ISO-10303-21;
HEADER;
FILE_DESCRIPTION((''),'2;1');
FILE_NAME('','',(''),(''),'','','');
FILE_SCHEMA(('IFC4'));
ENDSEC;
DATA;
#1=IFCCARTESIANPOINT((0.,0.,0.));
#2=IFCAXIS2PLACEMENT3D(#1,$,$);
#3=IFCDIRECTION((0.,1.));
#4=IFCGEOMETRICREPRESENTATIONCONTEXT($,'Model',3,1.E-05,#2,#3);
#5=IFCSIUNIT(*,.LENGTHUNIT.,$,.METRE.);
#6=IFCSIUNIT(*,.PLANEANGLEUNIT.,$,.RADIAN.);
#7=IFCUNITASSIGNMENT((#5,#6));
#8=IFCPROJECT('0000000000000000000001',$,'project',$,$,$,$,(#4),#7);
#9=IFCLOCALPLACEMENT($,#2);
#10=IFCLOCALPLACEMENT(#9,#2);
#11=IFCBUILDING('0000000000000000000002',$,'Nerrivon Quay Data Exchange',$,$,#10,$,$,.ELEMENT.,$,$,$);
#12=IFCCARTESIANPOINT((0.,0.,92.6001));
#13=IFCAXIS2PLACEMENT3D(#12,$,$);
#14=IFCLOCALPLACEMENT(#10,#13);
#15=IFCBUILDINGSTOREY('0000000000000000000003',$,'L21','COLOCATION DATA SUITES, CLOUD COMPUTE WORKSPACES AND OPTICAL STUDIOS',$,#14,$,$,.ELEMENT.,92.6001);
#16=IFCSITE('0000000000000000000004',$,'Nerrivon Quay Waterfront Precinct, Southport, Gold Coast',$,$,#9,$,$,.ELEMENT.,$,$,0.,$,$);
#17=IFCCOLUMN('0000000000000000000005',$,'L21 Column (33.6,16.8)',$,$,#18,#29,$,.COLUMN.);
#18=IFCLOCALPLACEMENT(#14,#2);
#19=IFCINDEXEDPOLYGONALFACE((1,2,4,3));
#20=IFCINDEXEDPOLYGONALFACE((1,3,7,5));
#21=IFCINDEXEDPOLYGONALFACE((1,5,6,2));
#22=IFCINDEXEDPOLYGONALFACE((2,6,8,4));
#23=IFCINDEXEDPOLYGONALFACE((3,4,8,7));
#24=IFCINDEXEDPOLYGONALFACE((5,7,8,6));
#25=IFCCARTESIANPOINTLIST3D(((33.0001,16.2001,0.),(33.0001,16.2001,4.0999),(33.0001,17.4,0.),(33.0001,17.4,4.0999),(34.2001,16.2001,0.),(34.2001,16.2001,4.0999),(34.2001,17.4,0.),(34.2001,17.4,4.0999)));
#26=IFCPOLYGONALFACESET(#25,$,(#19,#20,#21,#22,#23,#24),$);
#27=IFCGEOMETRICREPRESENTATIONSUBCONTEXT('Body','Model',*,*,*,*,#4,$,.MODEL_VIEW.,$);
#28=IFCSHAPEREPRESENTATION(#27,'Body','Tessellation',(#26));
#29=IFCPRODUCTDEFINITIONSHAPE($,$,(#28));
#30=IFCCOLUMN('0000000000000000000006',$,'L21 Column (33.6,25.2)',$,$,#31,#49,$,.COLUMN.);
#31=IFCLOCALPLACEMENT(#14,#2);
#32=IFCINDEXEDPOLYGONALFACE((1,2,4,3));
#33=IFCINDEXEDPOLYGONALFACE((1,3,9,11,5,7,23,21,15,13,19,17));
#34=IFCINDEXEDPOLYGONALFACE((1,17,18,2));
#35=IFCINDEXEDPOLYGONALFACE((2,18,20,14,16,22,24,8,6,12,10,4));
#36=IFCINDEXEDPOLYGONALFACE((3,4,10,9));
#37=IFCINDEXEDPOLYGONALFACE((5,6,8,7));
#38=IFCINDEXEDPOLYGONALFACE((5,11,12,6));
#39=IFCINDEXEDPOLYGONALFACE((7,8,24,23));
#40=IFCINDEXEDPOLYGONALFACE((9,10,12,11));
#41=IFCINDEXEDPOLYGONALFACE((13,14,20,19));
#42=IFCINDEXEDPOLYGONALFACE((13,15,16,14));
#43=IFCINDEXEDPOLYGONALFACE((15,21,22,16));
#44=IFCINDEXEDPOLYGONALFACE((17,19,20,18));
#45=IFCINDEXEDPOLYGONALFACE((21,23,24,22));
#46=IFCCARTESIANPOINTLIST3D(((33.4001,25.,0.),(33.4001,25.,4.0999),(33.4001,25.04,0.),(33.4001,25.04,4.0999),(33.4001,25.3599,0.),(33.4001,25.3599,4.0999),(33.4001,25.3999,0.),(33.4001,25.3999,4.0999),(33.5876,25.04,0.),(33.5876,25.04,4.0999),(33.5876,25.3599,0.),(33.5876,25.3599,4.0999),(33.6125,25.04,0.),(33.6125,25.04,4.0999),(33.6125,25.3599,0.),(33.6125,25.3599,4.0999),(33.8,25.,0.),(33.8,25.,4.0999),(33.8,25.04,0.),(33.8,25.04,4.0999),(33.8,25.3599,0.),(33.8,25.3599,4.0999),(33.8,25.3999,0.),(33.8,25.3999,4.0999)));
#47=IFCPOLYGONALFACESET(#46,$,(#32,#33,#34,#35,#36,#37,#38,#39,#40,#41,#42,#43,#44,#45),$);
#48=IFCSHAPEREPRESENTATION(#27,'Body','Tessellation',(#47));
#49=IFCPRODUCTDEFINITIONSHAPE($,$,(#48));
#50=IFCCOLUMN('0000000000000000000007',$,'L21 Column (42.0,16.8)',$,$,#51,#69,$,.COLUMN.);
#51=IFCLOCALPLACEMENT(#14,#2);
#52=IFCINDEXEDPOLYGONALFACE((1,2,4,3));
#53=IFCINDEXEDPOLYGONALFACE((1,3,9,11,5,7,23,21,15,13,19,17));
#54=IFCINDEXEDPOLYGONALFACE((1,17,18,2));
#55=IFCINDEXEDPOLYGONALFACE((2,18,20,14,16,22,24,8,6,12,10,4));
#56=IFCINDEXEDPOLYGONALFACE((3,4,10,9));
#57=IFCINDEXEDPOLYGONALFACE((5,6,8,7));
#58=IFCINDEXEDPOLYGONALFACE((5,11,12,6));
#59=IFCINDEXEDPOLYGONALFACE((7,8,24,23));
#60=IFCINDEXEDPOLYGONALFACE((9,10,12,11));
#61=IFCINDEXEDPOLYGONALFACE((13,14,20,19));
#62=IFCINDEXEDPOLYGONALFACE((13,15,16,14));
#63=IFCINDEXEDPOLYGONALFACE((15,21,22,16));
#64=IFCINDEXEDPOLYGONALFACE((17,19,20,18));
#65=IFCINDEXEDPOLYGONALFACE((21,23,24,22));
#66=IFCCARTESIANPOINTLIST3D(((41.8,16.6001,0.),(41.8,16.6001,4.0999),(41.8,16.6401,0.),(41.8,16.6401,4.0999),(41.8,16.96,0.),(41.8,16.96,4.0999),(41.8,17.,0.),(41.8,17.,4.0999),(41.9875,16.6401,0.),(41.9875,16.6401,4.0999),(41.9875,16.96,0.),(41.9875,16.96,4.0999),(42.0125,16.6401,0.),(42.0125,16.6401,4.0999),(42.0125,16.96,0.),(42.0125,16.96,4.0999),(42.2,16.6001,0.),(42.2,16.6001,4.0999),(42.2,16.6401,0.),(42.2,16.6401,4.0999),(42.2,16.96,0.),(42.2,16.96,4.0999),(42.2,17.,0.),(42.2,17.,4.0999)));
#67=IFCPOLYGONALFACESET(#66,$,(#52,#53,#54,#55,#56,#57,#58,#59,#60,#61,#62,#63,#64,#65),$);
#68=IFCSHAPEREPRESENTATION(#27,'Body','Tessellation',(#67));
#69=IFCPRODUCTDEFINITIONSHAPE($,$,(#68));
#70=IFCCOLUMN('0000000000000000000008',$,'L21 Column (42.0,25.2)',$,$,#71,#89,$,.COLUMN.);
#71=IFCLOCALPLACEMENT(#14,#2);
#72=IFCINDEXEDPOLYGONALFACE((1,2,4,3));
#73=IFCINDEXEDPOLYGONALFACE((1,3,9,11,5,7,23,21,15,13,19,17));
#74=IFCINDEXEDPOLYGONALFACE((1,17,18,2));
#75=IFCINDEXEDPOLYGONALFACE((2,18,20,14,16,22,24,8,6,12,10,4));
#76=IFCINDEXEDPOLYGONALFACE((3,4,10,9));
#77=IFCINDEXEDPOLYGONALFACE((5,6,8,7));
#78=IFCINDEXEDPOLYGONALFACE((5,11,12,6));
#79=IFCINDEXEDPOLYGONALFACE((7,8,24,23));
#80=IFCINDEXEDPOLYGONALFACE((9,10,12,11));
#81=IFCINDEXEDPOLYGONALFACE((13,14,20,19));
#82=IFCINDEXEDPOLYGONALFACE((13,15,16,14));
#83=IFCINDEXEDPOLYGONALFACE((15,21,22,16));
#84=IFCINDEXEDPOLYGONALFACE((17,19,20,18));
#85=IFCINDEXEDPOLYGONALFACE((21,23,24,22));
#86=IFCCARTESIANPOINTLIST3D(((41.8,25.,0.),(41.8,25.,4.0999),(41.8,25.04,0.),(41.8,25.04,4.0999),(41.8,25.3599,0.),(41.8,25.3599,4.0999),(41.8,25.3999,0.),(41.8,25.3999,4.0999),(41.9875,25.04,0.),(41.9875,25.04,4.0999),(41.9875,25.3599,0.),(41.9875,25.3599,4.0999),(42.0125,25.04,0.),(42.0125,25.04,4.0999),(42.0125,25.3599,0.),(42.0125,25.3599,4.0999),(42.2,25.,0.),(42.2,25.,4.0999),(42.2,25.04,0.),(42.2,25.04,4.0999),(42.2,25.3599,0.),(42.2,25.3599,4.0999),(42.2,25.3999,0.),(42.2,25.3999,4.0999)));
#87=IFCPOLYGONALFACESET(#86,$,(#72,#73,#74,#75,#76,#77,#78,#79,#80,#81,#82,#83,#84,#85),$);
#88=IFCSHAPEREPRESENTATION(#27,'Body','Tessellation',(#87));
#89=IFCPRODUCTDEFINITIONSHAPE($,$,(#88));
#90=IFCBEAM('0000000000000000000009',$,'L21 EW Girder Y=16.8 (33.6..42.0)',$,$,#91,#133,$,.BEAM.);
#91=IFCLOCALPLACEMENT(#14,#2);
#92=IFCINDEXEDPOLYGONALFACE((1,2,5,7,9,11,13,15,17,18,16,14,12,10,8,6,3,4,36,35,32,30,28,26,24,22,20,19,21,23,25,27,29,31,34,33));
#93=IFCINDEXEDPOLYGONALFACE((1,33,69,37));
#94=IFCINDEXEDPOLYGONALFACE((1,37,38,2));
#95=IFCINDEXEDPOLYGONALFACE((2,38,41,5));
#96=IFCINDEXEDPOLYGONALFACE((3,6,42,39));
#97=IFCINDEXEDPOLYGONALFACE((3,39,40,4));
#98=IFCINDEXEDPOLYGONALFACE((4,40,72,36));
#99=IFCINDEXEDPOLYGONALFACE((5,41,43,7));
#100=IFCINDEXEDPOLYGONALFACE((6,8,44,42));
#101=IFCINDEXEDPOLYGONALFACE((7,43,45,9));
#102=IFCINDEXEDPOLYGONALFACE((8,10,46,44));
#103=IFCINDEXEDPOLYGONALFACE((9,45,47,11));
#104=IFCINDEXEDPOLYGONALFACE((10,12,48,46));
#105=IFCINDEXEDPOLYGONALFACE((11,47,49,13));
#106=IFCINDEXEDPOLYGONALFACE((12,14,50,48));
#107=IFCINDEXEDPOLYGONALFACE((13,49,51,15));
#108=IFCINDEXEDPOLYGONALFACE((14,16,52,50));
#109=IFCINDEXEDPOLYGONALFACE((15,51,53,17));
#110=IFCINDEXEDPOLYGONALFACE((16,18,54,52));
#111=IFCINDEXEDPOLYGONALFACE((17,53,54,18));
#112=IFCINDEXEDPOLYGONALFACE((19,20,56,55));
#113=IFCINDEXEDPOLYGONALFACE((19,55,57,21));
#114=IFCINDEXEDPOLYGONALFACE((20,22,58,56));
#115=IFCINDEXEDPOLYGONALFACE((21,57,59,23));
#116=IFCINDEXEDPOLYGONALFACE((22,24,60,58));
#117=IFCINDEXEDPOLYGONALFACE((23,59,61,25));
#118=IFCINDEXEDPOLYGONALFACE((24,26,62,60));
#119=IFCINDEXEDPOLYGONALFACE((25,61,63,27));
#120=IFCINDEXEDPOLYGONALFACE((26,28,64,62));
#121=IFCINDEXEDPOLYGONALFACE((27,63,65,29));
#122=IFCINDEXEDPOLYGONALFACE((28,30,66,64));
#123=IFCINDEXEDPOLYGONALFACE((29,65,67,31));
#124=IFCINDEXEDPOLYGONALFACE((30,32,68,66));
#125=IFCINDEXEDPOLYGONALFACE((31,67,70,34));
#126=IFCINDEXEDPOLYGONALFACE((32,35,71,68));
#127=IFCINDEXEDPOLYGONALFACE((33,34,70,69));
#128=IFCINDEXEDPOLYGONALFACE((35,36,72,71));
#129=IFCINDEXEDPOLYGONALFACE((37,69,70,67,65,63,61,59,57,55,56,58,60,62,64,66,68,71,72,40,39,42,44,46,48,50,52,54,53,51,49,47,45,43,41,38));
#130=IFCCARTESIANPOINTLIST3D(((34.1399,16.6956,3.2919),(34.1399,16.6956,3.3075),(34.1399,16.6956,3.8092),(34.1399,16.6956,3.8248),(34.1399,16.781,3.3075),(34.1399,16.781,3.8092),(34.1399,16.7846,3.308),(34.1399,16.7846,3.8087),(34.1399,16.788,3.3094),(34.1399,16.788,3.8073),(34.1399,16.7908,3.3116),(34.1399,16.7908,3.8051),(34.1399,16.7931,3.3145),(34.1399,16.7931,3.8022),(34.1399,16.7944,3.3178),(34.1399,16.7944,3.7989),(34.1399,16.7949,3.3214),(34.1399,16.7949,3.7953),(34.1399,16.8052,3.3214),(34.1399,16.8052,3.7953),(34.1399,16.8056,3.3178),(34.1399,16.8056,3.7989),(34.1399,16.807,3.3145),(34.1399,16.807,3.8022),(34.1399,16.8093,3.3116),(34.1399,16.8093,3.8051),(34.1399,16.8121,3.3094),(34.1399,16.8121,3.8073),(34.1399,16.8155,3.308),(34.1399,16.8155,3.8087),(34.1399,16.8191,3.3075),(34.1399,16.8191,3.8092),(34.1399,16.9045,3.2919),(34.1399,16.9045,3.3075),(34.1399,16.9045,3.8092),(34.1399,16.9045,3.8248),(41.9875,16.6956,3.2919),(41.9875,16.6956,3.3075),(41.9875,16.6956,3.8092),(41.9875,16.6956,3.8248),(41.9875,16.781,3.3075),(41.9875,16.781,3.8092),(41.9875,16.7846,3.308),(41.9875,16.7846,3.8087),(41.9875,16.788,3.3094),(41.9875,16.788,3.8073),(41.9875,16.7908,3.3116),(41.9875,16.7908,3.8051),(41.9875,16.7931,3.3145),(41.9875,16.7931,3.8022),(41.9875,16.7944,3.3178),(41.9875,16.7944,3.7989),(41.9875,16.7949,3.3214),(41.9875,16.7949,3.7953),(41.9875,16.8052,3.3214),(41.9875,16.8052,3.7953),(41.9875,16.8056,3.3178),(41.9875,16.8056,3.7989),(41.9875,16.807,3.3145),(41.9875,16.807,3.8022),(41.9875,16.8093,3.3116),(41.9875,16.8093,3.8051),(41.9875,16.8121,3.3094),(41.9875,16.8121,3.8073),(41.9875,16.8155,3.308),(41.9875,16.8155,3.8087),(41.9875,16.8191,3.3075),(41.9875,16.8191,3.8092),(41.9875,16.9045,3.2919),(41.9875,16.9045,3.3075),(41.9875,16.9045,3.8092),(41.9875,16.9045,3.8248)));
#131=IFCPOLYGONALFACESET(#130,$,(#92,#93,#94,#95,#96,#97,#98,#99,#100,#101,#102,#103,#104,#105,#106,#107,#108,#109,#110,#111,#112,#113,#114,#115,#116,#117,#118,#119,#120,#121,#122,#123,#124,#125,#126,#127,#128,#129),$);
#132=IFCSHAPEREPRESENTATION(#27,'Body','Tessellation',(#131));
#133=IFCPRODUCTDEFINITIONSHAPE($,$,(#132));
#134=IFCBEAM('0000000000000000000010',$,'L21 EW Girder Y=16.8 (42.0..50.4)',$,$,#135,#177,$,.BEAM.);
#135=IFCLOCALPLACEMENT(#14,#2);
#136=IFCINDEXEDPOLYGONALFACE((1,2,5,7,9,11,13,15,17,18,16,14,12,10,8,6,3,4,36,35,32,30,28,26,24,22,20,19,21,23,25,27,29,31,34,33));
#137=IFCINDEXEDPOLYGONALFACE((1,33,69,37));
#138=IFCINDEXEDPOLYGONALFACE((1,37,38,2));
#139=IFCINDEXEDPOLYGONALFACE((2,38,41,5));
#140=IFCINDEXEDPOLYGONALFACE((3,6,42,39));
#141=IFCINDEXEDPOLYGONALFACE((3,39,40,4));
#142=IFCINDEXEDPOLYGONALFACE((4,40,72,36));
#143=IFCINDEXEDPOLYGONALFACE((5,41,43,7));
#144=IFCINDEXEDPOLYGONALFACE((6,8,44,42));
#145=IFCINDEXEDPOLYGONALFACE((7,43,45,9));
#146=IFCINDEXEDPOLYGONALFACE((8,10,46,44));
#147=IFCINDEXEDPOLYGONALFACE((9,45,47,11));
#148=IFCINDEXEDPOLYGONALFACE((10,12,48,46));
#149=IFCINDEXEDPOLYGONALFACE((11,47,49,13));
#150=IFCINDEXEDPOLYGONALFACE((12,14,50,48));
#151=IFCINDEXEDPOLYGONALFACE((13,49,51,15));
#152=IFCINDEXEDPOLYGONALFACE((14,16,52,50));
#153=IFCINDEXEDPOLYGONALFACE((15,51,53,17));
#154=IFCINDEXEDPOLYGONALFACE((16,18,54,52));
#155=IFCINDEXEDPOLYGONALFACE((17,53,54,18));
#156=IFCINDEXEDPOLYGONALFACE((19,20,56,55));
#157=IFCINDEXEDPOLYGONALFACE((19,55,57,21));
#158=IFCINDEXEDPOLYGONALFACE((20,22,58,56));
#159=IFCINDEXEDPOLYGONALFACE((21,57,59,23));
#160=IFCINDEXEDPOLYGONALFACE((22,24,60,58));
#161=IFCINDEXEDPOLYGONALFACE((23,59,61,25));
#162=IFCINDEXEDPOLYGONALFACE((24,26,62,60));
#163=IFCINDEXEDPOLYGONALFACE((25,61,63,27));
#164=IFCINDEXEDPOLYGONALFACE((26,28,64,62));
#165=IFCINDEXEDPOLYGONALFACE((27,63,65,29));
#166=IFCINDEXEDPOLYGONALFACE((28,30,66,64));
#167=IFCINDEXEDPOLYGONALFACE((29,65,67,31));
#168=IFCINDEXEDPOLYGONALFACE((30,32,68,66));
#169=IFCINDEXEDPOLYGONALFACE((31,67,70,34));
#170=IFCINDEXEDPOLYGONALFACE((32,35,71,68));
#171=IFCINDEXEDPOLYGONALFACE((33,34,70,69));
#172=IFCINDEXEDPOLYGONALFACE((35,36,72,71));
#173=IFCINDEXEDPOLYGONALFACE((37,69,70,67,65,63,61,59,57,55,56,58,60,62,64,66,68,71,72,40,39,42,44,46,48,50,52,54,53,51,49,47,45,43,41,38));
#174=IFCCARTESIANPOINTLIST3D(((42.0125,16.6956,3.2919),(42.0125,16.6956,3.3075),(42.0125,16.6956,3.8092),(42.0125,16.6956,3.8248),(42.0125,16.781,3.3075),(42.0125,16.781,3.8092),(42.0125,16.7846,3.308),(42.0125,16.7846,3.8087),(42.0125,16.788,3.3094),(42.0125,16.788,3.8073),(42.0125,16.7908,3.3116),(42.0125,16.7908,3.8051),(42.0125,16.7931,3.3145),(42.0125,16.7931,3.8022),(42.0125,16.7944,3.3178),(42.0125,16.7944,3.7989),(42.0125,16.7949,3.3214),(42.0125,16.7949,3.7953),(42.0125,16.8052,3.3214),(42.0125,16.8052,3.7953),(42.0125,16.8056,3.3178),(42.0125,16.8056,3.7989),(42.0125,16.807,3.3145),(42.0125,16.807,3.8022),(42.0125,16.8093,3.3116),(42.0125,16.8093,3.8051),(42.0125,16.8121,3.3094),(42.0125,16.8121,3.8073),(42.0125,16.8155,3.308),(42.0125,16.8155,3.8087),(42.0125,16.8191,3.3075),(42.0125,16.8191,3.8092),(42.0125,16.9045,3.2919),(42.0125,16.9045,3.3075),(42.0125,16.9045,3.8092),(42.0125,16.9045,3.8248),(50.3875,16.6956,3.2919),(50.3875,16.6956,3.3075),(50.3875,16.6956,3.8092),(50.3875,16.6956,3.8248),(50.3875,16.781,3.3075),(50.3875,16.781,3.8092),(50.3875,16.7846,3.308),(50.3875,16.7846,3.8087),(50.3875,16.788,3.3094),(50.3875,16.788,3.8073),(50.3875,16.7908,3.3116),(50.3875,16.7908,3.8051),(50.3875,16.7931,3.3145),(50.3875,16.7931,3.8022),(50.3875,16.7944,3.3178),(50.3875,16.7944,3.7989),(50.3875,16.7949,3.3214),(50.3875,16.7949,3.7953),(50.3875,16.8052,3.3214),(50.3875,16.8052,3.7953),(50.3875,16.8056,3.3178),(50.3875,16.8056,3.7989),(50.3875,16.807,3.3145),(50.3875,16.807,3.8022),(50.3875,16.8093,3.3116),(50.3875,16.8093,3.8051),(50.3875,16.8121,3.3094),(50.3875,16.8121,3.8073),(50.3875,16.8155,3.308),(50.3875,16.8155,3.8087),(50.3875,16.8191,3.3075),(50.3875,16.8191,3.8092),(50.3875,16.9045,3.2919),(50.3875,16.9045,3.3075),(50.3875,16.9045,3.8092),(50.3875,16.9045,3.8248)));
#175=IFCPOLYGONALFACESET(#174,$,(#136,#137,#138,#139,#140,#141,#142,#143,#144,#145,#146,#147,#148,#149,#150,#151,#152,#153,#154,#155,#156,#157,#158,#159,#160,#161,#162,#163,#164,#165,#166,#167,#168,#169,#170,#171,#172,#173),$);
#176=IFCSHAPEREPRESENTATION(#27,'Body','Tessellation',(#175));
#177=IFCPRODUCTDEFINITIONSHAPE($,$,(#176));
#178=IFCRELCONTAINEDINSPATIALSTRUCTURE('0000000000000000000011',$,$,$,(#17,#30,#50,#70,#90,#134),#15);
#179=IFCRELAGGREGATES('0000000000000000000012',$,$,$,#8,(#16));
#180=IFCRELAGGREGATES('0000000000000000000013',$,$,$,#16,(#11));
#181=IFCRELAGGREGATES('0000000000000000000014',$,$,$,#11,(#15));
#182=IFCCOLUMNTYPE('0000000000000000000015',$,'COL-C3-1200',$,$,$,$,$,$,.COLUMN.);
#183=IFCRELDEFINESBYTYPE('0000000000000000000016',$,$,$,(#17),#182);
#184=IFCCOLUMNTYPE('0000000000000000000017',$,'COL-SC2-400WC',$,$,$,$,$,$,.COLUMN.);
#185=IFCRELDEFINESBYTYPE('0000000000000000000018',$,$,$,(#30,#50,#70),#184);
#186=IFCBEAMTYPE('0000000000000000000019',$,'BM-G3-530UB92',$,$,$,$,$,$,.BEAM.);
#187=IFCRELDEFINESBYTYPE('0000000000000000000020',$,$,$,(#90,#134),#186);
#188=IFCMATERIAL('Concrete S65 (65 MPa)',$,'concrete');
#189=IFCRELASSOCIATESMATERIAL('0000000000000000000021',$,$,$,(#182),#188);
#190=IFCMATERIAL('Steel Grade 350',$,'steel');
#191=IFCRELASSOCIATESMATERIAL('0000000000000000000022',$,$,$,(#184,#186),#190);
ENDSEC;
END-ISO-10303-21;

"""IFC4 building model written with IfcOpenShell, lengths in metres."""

from ifc_helpers import new_model, si_unit, direction, frame, origin, origin_2d, place, context, subcontext, project, spatial, rectangle, i_section, extrude, material, material_profile, profile_set, type_object, element, save


model = new_model("IFC4")

# Units and contexts
model_context = context("Model", 3, precision=1e-05, world=origin(), true_north=direction((0.0, 1.0)))
body_context = subcontext(model_context, "Body", "Model", "MODEL_VIEW")
ifc_project = project(units=[si_unit("LENGTHUNIT", "METRE"), si_unit("PLANEANGLEUNIT", "RADIAN")], contexts=[model_context])

# Site, building, storey
site_placement = place(None, origin())
site = spatial("IfcSite", under=ifc_project, at=site_placement, Name="Nerrivon Quay Waterfront Precinct, Southport, Gold Coast", CompositionType="ELEMENT", RefElevation=0.0)
building_placement = place(site_placement, origin())
building = spatial("IfcBuilding", under=site, at=building_placement, Name="Nerrivon Quay Data Exchange", CompositionType="ELEMENT")
storey_placement = place(building_placement, frame((0.0, 0.0, 92.6001)))
storey = spatial("IfcBuildingStorey", under=building, at=storey_placement, Name="L21", Description="COLOCATION DATA SUITES, CLOUD COMPUTE WORKSPACES AND OPTICAL STUDIOS", CompositionType="ELEMENT", Elevation=92.6001)

# Columns
ifc_material_1 = material(Name="Concrete S65 (65 MPa)", Category="concrete")
ifc_material_profile_1 = material_profile(ifc_material_1, rectangle(XDim=1.2, YDim=1.2, at=origin_2d()), Name="RC-COL-1200x1200")
ifc_profile_set_1 = profile_set([ifc_material_profile_1], Name="Concrete S65 (65 MPa)")
column_type_1 = type_object("IfcColumnType", Name="COL-C3-1200", PredefinedType="COLUMN", material=ifc_profile_set_1)
column_placement = place(storey_placement, frame((33.6001, 16.8, 0.0), z_axis=(0.0, 0.0, 1.0), x_axis=(1.0, 0.0, 0.0)))
element("IfcColumn", 1, at=column_placement, inside=storey, type_object=column_type_1, Name="L21 Column (33.6,16.8)", PredefinedType="COLUMN", context=body_context, shape_type="SweptSolid", body=[
    extrude(rectangle(XDim=1.2, YDim=1.2, at=origin_2d()), origin(), (0.0, 0.0, 1.0), 4.0999),
])
ifc_material_2 = material(Name="Steel Grade 350", Category="steel")
ifc_material_profile_2 = material_profile(ifc_material_2, i_section(OverallWidth=0.3999, OverallDepth=0.3999, WebThickness=0.0249, FlangeThickness=0.04, at=origin_2d()), Name="400WC328")
ifc_profile_set_2 = profile_set([ifc_material_profile_2], Name="Steel Grade 350")
column_type_2 = type_object("IfcColumnType", Name="COL-SC2-400WC", PredefinedType="COLUMN", material=ifc_profile_set_2)
for number, where, z_axis, x_axis, name in (
    (2, (33.6001, 25.2, 0.0), (0.0, 0.0, 1.0), (1.0, 0.0, 0.0), "L21 Column (33.6,25.2)"),
    (3, (42.0, 16.8, 0.0), (0.0, 0.0, 1.0), (1.0, 0.0, 0.0), "L21 Column (42.0,16.8)"),
    (4, (42.0, 25.2, 0.0), (0.0, 0.0, 1.0), (1.0, 0.0, 0.0), "L21 Column (42.0,25.2)"),
):
    element("IfcColumn", number, at=place(storey_placement, frame(where, z_axis=z_axis, x_axis=x_axis)), inside=storey, type_object=column_type_2, Name=name, PredefinedType="COLUMN", context=body_context, shape_type="SweptSolid", body=[
        extrude(i_section(OverallWidth=0.3999, OverallDepth=0.3999, WebThickness=0.0249, FlangeThickness=0.04, at=origin_2d()), origin(), (0.0, 0.0, 1.0), 4.0999),
    ])

# Beams
ifc_material_profile_3 = material_profile(ifc_material_2, i_section(OverallWidth=0.209, OverallDepth=0.533, WebThickness=0.0103, FlangeThickness=0.0156, FilletRadius=0.0139, at=origin_2d()), Name="530UB92.4")
ifc_profile_set_3 = profile_set([ifc_material_profile_3], Name="Steel Grade 350")
beam_type_1 = type_object("IfcBeamType", Name="BM-G3-530UB92", PredefinedType="BEAM", material=ifc_profile_set_3)
beam_1_placement = place(storey_placement, frame((34.1399, 16.8, 3.5583), z_axis=(1.0, 0.0, 0.0), x_axis=(0.0, 1.0, 0.0)))
element("IfcBeam", 5, at=beam_1_placement, inside=storey, type_object=beam_type_1, Name="L21 EW Girder Y=16.8 (33.6..42.0)", PredefinedType="BEAM", context=body_context, shape_type="SweptSolid", body=[
    extrude(i_section(OverallWidth=0.209, OverallDepth=0.533, WebThickness=0.0103, FlangeThickness=0.0156, FilletRadius=0.0139, at=origin_2d()), origin(), (0.0, 0.0, 1.0), 7.8477),
])
for number, where, z_axis, x_axis, name in (
    (6, (42.0125, 16.8, 3.5583), (1.0, 0.0, 0.0), (0.0, 1.0, 0.0), "L21 EW Girder Y=16.8 (42.0..50.4)"),
):
    element("IfcBeam", number, at=place(storey_placement, frame(where, z_axis=z_axis, x_axis=x_axis)), inside=storey, type_object=beam_type_1, Name=name, PredefinedType="BEAM", context=body_context, shape_type="SweptSolid", body=[
        extrude(i_section(OverallWidth=0.209, OverallDepth=0.533, WebThickness=0.0103, FlangeThickness=0.0156, FilletRadius=0.0139, at=origin_2d()), origin(), (0.0, 0.0, 1.0), 8.375),
    ])

save(model, "model.ifc")
